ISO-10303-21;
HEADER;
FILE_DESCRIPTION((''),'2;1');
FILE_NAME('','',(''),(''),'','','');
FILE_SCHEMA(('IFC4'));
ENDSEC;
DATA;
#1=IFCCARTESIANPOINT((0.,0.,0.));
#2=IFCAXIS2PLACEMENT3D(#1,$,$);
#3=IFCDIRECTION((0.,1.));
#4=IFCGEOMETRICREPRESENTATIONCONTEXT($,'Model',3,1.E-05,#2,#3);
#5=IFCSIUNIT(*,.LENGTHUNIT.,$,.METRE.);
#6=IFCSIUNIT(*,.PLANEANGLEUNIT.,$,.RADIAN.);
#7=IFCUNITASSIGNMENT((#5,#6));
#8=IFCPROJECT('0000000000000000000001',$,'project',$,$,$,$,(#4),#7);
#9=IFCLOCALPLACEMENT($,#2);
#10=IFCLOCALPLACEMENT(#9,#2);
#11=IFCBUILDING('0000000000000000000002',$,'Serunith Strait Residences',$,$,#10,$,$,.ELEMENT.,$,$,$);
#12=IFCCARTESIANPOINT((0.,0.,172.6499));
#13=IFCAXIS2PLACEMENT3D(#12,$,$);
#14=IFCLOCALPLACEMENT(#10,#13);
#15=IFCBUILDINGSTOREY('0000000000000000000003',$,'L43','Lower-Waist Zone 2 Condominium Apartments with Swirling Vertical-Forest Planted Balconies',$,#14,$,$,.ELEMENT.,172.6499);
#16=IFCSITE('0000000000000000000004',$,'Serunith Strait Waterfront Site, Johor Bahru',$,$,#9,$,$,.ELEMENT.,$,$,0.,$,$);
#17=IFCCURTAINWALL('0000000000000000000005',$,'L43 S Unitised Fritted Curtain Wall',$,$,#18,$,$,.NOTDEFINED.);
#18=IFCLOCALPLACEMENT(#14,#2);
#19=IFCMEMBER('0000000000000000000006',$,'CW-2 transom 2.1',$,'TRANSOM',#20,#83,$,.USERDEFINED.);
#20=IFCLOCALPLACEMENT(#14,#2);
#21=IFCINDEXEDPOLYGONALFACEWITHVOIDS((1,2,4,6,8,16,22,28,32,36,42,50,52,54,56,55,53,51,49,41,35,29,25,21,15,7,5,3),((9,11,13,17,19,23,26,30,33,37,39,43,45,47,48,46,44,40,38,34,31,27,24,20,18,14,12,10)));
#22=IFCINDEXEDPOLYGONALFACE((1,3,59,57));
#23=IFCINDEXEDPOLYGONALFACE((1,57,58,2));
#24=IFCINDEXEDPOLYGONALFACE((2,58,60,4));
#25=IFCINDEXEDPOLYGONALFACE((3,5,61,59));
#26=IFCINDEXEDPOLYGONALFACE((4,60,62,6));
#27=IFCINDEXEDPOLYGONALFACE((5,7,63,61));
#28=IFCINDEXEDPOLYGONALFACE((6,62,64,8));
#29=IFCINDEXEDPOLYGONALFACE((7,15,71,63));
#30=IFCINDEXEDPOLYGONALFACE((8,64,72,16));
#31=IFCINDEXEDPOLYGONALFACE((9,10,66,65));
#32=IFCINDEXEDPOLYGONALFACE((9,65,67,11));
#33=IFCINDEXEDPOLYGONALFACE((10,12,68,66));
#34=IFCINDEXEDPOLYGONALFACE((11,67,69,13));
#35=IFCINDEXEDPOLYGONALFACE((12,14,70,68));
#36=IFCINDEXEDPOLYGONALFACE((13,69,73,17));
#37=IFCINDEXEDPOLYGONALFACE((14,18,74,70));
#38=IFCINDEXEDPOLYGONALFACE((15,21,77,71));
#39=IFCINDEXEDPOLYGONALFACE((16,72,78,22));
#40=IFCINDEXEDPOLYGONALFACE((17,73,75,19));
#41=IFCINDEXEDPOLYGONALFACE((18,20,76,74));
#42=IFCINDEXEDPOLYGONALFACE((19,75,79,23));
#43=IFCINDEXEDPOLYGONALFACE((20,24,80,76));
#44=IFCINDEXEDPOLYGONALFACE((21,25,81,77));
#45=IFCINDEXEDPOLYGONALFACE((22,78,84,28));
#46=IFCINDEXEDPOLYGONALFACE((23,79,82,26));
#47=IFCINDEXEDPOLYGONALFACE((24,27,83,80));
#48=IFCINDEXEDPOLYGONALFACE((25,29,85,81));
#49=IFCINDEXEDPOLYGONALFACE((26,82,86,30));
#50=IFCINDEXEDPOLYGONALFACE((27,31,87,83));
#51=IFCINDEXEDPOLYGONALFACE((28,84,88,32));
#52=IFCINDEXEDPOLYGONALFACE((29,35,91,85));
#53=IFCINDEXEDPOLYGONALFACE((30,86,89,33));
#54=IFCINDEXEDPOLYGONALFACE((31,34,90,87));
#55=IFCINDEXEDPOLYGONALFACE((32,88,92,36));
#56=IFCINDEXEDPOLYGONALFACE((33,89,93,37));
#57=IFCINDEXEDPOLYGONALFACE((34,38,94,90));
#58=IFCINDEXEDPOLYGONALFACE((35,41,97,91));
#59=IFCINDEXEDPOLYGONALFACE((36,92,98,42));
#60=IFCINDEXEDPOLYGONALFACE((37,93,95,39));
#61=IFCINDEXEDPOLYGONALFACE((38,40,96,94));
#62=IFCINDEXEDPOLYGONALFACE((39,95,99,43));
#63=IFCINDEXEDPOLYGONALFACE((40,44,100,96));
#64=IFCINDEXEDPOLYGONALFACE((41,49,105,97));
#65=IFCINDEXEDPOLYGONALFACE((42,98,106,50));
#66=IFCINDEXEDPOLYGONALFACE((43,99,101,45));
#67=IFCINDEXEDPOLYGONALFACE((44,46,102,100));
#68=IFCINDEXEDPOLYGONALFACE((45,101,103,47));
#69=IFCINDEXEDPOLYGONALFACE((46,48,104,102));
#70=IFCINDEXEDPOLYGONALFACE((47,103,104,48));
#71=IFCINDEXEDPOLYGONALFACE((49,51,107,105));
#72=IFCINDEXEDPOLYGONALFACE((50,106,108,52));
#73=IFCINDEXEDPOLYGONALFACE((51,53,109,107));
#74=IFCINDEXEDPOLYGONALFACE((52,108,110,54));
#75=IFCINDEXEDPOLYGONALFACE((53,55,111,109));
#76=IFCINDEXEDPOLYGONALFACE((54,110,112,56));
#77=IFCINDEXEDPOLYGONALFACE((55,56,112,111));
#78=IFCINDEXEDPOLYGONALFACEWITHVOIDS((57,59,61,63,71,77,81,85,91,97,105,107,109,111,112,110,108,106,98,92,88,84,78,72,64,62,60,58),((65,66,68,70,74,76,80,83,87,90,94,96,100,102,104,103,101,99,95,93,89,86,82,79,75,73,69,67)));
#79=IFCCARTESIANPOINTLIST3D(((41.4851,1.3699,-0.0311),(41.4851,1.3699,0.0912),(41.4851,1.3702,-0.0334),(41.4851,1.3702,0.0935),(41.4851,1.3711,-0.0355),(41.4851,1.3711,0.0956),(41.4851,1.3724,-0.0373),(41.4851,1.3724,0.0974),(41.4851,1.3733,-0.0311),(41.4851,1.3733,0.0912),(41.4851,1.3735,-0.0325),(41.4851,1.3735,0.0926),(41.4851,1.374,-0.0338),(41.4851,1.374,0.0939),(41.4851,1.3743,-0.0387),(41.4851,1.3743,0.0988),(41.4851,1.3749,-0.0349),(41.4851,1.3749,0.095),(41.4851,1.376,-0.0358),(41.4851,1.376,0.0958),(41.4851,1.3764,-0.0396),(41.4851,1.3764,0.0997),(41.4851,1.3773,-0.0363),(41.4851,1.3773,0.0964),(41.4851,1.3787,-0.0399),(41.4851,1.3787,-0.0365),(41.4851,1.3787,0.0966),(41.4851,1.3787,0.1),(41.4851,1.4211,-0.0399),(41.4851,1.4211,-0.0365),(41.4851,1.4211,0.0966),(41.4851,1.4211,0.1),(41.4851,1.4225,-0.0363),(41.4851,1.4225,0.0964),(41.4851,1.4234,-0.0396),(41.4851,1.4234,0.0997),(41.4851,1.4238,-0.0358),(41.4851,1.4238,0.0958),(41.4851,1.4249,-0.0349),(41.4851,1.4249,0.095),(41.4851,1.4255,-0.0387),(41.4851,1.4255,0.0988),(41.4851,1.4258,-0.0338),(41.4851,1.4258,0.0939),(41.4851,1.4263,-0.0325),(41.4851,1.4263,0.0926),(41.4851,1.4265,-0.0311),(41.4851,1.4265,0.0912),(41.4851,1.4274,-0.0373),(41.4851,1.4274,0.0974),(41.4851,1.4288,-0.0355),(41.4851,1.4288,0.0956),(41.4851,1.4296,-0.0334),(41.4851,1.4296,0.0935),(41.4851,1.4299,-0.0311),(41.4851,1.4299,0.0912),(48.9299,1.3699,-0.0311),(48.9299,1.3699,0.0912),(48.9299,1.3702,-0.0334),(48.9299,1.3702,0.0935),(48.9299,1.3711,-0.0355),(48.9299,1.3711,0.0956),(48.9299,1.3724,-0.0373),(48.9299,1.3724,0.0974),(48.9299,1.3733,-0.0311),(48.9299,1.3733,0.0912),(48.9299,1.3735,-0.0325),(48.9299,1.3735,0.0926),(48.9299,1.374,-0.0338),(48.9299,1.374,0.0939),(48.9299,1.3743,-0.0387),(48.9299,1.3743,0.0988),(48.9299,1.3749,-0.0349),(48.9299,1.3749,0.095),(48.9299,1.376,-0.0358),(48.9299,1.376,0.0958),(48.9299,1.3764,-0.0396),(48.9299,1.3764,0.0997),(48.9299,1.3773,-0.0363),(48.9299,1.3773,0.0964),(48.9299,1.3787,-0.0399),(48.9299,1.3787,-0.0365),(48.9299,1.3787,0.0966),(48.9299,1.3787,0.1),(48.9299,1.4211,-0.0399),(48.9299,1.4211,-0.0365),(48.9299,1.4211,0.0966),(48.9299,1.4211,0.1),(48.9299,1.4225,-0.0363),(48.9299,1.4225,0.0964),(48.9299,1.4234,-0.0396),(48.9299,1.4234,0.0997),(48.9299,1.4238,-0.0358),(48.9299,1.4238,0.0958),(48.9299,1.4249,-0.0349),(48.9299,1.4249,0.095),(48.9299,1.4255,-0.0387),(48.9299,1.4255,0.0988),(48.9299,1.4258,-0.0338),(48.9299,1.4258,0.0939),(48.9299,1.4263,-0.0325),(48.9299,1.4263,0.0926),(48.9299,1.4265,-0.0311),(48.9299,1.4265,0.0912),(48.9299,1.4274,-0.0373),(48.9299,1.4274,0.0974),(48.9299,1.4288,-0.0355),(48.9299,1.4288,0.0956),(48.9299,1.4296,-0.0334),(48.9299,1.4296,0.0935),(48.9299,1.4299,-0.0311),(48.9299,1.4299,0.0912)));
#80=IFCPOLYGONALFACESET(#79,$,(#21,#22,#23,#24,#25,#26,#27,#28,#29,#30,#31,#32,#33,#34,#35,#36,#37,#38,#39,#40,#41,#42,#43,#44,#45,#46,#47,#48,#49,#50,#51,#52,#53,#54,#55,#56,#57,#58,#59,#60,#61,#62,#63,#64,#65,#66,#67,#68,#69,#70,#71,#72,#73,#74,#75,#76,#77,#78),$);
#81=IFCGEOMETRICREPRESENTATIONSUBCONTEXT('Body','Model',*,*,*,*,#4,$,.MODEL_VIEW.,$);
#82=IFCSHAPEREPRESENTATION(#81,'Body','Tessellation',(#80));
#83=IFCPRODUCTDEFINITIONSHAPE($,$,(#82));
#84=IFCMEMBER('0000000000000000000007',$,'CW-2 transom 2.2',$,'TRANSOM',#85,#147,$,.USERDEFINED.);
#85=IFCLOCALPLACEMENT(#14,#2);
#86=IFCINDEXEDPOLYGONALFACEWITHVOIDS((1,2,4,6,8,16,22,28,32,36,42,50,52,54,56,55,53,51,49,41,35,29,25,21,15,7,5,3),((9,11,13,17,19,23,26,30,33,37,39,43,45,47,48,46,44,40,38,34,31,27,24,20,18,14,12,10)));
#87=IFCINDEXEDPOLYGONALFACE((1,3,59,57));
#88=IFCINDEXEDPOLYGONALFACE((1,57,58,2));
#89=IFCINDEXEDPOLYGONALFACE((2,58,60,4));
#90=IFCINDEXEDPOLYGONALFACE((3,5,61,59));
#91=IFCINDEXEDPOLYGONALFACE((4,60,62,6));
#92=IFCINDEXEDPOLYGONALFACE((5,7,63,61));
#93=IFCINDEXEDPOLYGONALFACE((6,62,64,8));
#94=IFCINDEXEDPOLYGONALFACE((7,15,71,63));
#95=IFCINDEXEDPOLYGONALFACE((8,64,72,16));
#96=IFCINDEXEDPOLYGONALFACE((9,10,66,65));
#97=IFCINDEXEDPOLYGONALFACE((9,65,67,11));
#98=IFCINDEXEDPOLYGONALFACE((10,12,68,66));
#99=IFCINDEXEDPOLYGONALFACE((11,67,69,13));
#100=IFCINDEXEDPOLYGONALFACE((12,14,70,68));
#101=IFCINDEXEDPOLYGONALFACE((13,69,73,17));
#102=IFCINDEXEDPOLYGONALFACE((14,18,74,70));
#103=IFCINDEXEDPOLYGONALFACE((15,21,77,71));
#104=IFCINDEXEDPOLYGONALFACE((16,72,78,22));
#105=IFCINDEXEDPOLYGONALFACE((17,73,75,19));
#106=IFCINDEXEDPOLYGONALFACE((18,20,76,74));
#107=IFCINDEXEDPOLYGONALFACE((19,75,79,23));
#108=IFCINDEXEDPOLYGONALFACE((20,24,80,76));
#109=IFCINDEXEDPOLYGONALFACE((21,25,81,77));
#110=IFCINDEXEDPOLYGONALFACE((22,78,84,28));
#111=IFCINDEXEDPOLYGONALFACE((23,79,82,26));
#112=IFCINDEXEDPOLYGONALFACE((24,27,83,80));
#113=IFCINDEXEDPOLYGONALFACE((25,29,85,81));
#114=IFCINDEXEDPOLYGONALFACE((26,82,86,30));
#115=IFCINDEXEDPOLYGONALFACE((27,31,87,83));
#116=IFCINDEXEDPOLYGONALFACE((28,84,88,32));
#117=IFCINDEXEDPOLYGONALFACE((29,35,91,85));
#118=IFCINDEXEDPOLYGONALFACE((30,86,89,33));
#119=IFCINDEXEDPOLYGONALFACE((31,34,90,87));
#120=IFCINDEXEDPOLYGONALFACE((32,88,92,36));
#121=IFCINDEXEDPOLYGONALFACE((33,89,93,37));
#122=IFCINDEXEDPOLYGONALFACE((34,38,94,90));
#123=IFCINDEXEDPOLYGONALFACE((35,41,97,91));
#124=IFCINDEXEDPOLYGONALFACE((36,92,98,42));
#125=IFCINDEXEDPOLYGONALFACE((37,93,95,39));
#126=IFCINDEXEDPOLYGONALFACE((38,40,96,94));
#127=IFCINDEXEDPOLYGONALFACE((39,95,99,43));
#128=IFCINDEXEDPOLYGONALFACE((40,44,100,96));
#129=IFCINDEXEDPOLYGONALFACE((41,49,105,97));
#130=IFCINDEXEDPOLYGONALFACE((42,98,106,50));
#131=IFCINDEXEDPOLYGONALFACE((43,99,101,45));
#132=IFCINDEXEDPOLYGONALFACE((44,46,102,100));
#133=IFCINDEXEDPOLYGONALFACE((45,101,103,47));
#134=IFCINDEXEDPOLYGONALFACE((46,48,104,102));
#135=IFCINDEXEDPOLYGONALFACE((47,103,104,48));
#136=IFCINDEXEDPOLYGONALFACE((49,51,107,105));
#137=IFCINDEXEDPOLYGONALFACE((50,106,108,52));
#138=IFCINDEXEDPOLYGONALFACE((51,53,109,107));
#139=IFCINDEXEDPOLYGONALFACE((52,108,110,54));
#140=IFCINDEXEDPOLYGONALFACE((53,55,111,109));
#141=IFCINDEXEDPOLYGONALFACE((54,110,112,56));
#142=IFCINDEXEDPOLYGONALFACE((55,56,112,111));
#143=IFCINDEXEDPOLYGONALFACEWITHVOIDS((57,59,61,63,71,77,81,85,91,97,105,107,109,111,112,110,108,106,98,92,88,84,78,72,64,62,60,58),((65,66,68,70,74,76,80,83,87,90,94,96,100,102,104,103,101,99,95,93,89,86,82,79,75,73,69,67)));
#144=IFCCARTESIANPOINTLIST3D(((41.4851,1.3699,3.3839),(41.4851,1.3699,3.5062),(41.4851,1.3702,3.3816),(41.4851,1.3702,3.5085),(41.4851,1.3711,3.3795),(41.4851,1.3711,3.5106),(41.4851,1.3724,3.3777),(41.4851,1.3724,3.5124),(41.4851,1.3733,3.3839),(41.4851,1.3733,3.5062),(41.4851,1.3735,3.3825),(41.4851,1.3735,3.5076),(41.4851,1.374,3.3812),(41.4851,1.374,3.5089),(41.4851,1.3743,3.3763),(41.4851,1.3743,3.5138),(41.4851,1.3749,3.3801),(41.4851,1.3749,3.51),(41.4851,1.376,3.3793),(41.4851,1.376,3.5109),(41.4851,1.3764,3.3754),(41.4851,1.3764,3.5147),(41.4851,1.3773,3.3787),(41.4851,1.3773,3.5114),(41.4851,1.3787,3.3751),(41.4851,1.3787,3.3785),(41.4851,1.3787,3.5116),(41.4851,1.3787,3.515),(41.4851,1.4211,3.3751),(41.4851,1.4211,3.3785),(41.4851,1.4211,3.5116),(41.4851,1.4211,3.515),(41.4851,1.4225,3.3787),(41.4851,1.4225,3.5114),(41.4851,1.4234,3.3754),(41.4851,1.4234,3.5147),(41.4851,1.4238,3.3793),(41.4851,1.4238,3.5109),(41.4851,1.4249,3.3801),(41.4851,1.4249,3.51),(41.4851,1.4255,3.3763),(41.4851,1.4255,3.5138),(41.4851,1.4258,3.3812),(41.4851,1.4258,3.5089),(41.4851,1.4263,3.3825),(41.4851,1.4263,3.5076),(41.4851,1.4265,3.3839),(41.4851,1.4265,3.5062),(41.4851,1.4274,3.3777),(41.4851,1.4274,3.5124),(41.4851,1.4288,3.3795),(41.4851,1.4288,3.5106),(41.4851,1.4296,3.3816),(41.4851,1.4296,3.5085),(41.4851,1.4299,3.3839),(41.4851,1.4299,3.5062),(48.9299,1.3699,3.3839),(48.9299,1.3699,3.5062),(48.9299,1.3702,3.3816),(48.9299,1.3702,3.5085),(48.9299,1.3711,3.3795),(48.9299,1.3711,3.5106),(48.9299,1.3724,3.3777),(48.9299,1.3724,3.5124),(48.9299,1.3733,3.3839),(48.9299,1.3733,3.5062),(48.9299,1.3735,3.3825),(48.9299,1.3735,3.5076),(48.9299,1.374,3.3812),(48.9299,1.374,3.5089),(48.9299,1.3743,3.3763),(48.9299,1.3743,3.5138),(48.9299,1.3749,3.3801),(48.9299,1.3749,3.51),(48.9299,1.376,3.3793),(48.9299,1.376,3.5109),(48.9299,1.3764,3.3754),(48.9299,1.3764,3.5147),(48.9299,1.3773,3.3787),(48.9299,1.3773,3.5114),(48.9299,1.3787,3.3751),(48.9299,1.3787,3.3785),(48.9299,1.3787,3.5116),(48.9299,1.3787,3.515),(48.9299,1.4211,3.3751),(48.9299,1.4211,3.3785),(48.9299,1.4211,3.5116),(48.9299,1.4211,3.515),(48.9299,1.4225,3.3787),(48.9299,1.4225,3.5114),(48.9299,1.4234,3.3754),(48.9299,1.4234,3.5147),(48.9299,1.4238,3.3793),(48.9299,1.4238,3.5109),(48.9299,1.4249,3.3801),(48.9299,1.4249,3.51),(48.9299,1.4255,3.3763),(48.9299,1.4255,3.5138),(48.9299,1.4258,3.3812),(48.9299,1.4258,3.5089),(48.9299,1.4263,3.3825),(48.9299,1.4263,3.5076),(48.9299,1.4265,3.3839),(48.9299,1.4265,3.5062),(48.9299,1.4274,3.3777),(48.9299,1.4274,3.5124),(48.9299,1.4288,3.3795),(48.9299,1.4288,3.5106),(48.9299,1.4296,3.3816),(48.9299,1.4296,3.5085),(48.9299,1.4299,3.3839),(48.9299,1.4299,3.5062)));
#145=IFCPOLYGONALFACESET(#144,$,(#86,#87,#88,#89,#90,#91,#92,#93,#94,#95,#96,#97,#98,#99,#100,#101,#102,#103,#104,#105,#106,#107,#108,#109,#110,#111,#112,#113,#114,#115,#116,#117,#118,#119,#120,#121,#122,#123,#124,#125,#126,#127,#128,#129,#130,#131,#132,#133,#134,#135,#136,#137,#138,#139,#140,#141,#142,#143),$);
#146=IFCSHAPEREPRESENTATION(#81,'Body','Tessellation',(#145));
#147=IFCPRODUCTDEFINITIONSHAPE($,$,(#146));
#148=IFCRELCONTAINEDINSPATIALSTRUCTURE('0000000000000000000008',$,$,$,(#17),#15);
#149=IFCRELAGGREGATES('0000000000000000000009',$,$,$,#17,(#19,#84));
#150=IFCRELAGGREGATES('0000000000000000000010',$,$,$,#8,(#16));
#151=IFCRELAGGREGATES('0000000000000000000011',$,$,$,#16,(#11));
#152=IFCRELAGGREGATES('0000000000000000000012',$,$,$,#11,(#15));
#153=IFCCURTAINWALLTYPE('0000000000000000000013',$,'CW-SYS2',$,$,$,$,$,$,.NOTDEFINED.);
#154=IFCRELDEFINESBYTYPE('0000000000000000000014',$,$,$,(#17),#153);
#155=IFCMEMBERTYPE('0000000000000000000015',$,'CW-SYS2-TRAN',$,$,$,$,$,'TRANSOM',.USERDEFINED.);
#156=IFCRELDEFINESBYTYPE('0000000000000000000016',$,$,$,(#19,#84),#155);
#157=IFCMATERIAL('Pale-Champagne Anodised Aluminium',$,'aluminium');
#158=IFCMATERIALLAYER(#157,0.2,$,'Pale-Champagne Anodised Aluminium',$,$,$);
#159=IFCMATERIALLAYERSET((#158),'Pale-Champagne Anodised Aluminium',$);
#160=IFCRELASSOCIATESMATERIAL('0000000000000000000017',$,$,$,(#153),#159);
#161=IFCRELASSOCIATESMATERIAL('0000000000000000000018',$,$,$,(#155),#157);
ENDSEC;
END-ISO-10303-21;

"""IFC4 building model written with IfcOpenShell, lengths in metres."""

from ifc_helpers import new_model, si_unit, direction, frame, origin, origin_2d, place, context, subcontext, project, spatial, hollow_rectangle, extrude, source, transform, mapped, material, layer, layer_set, material_profile, profile_set, type_object, element, aggregate, save


model = new_model("IFC4")

# Units and contexts
model_context = context("Model", 3, precision=1e-05, world=origin(), true_north=direction((0.0, 1.0)))
body_context = subcontext(model_context, "Body", "Model", "MODEL_VIEW")
ifc_project = project(units=[si_unit("LENGTHUNIT", "METRE"), si_unit("PLANEANGLEUNIT", "RADIAN")], contexts=[model_context])

# Site, building, storey
site_placement = place(None, origin())
site = spatial("IfcSite", under=ifc_project, at=site_placement, Name="Serunith Strait Waterfront Site, Johor Bahru", CompositionType="ELEMENT", RefElevation=0.0)
building_placement = place(site_placement, origin())
building = spatial("IfcBuilding", under=site, at=building_placement, Name="Serunith Strait Residences", CompositionType="ELEMENT")
storey_placement = place(building_placement, frame((0.0, 0.0, 172.6499)))
storey = spatial("IfcBuildingStorey", under=building, at=storey_placement, Name="L43", Description="Lower-Waist Zone 2 Condominium Apartments with Swirling Vertical-Forest Planted Balconies", CompositionType="ELEMENT", Elevation=172.6499)

# Curtain wall, members
ifc_material_1 = material(Name="Pale-Champagne Anodised Aluminium", Category="aluminium")
ifc_layer_1 = layer(ifc_material_1, 0.2, Name="Pale-Champagne Anodised Aluminium")
ifc_layer_set_1 = layer_set([ifc_layer_1], Name="Pale-Champagne Anodised Aluminium")
curtain_wall_type = type_object("IfcCurtainWallType", Name="CW-SYS2", PredefinedType="NOTDEFINED", material=ifc_layer_set_1)
curtain_wall_placement = place(storey_placement, origin())
curtain_wall = element("IfcCurtainWall", 1, at=curtain_wall_placement, inside=storey, type_object=curtain_wall_type, Name="L43 S Unitised Fritted Curtain Wall", PredefinedType="NOTDEFINED")
ifc_material_profile_1 = material_profile(ifc_material_1, hollow_rectangle(XDim=0.0601, YDim=0.1399, WallThickness=0.0034, InnerFilletRadius=0.0054, OuterFilletRadius=0.0088, at=origin_2d()), Name="ALU 140x60x3.5")
ifc_profile_set_1 = profile_set([ifc_material_profile_1], Name="Pale-Champagne Anodised Aluminium")
member_type_1 = type_object("IfcMemberType", Name="CW-SYS2-TRAN", ElementType="TRANSOM", PredefinedType="USERDEFINED", material=ifc_profile_set_1)
shared_shape_1 = source(origin(), body_context, "Body", "SweptSolid", [
    extrude(hollow_rectangle(XDim=0.0601, YDim=0.1399, WallThickness=0.0034, InnerFilletRadius=0.0054, OuterFilletRadius=0.0088, at=origin_2d()), origin(), (0.0, 0.0, 1.0), 7.4448),
])
member_1_placement = place(storey_placement, frame((41.4851, 1.3999, 0.03), z_axis=(1.0, 0.0, 0.0), x_axis=(0.0, 1.0, 0.0)))
member_1 = element("IfcMember", 2, at=member_1_placement, type_object=member_type_1, Name="CW-2 transom 2.1", ObjectType="TRANSOM", PredefinedType="USERDEFINED", context=body_context, shape_type="MappedRepresentation", body=[
    mapped(shared_shape_1, transform((0.0, 0.0, 0.0), scale=1.0)),
])
member_2_placement = place(storey_placement, frame((41.4851, 1.3999, 3.4451), z_axis=(1.0, 0.0, 0.0), x_axis=(0.0, 1.0, 0.0)))
member_2 = element("IfcMember", 3, at=member_2_placement, type_object=member_type_1, Name="CW-2 transom 2.2", ObjectType="TRANSOM", PredefinedType="USERDEFINED", context=body_context, shape_type="MappedRepresentation", body=[
    mapped(shared_shape_1, transform((0.0, 0.0, 0.0), scale=1.0)),
])
aggregate(curtain_wall, [member_1, member_2])

save(model, "model.ifc")
